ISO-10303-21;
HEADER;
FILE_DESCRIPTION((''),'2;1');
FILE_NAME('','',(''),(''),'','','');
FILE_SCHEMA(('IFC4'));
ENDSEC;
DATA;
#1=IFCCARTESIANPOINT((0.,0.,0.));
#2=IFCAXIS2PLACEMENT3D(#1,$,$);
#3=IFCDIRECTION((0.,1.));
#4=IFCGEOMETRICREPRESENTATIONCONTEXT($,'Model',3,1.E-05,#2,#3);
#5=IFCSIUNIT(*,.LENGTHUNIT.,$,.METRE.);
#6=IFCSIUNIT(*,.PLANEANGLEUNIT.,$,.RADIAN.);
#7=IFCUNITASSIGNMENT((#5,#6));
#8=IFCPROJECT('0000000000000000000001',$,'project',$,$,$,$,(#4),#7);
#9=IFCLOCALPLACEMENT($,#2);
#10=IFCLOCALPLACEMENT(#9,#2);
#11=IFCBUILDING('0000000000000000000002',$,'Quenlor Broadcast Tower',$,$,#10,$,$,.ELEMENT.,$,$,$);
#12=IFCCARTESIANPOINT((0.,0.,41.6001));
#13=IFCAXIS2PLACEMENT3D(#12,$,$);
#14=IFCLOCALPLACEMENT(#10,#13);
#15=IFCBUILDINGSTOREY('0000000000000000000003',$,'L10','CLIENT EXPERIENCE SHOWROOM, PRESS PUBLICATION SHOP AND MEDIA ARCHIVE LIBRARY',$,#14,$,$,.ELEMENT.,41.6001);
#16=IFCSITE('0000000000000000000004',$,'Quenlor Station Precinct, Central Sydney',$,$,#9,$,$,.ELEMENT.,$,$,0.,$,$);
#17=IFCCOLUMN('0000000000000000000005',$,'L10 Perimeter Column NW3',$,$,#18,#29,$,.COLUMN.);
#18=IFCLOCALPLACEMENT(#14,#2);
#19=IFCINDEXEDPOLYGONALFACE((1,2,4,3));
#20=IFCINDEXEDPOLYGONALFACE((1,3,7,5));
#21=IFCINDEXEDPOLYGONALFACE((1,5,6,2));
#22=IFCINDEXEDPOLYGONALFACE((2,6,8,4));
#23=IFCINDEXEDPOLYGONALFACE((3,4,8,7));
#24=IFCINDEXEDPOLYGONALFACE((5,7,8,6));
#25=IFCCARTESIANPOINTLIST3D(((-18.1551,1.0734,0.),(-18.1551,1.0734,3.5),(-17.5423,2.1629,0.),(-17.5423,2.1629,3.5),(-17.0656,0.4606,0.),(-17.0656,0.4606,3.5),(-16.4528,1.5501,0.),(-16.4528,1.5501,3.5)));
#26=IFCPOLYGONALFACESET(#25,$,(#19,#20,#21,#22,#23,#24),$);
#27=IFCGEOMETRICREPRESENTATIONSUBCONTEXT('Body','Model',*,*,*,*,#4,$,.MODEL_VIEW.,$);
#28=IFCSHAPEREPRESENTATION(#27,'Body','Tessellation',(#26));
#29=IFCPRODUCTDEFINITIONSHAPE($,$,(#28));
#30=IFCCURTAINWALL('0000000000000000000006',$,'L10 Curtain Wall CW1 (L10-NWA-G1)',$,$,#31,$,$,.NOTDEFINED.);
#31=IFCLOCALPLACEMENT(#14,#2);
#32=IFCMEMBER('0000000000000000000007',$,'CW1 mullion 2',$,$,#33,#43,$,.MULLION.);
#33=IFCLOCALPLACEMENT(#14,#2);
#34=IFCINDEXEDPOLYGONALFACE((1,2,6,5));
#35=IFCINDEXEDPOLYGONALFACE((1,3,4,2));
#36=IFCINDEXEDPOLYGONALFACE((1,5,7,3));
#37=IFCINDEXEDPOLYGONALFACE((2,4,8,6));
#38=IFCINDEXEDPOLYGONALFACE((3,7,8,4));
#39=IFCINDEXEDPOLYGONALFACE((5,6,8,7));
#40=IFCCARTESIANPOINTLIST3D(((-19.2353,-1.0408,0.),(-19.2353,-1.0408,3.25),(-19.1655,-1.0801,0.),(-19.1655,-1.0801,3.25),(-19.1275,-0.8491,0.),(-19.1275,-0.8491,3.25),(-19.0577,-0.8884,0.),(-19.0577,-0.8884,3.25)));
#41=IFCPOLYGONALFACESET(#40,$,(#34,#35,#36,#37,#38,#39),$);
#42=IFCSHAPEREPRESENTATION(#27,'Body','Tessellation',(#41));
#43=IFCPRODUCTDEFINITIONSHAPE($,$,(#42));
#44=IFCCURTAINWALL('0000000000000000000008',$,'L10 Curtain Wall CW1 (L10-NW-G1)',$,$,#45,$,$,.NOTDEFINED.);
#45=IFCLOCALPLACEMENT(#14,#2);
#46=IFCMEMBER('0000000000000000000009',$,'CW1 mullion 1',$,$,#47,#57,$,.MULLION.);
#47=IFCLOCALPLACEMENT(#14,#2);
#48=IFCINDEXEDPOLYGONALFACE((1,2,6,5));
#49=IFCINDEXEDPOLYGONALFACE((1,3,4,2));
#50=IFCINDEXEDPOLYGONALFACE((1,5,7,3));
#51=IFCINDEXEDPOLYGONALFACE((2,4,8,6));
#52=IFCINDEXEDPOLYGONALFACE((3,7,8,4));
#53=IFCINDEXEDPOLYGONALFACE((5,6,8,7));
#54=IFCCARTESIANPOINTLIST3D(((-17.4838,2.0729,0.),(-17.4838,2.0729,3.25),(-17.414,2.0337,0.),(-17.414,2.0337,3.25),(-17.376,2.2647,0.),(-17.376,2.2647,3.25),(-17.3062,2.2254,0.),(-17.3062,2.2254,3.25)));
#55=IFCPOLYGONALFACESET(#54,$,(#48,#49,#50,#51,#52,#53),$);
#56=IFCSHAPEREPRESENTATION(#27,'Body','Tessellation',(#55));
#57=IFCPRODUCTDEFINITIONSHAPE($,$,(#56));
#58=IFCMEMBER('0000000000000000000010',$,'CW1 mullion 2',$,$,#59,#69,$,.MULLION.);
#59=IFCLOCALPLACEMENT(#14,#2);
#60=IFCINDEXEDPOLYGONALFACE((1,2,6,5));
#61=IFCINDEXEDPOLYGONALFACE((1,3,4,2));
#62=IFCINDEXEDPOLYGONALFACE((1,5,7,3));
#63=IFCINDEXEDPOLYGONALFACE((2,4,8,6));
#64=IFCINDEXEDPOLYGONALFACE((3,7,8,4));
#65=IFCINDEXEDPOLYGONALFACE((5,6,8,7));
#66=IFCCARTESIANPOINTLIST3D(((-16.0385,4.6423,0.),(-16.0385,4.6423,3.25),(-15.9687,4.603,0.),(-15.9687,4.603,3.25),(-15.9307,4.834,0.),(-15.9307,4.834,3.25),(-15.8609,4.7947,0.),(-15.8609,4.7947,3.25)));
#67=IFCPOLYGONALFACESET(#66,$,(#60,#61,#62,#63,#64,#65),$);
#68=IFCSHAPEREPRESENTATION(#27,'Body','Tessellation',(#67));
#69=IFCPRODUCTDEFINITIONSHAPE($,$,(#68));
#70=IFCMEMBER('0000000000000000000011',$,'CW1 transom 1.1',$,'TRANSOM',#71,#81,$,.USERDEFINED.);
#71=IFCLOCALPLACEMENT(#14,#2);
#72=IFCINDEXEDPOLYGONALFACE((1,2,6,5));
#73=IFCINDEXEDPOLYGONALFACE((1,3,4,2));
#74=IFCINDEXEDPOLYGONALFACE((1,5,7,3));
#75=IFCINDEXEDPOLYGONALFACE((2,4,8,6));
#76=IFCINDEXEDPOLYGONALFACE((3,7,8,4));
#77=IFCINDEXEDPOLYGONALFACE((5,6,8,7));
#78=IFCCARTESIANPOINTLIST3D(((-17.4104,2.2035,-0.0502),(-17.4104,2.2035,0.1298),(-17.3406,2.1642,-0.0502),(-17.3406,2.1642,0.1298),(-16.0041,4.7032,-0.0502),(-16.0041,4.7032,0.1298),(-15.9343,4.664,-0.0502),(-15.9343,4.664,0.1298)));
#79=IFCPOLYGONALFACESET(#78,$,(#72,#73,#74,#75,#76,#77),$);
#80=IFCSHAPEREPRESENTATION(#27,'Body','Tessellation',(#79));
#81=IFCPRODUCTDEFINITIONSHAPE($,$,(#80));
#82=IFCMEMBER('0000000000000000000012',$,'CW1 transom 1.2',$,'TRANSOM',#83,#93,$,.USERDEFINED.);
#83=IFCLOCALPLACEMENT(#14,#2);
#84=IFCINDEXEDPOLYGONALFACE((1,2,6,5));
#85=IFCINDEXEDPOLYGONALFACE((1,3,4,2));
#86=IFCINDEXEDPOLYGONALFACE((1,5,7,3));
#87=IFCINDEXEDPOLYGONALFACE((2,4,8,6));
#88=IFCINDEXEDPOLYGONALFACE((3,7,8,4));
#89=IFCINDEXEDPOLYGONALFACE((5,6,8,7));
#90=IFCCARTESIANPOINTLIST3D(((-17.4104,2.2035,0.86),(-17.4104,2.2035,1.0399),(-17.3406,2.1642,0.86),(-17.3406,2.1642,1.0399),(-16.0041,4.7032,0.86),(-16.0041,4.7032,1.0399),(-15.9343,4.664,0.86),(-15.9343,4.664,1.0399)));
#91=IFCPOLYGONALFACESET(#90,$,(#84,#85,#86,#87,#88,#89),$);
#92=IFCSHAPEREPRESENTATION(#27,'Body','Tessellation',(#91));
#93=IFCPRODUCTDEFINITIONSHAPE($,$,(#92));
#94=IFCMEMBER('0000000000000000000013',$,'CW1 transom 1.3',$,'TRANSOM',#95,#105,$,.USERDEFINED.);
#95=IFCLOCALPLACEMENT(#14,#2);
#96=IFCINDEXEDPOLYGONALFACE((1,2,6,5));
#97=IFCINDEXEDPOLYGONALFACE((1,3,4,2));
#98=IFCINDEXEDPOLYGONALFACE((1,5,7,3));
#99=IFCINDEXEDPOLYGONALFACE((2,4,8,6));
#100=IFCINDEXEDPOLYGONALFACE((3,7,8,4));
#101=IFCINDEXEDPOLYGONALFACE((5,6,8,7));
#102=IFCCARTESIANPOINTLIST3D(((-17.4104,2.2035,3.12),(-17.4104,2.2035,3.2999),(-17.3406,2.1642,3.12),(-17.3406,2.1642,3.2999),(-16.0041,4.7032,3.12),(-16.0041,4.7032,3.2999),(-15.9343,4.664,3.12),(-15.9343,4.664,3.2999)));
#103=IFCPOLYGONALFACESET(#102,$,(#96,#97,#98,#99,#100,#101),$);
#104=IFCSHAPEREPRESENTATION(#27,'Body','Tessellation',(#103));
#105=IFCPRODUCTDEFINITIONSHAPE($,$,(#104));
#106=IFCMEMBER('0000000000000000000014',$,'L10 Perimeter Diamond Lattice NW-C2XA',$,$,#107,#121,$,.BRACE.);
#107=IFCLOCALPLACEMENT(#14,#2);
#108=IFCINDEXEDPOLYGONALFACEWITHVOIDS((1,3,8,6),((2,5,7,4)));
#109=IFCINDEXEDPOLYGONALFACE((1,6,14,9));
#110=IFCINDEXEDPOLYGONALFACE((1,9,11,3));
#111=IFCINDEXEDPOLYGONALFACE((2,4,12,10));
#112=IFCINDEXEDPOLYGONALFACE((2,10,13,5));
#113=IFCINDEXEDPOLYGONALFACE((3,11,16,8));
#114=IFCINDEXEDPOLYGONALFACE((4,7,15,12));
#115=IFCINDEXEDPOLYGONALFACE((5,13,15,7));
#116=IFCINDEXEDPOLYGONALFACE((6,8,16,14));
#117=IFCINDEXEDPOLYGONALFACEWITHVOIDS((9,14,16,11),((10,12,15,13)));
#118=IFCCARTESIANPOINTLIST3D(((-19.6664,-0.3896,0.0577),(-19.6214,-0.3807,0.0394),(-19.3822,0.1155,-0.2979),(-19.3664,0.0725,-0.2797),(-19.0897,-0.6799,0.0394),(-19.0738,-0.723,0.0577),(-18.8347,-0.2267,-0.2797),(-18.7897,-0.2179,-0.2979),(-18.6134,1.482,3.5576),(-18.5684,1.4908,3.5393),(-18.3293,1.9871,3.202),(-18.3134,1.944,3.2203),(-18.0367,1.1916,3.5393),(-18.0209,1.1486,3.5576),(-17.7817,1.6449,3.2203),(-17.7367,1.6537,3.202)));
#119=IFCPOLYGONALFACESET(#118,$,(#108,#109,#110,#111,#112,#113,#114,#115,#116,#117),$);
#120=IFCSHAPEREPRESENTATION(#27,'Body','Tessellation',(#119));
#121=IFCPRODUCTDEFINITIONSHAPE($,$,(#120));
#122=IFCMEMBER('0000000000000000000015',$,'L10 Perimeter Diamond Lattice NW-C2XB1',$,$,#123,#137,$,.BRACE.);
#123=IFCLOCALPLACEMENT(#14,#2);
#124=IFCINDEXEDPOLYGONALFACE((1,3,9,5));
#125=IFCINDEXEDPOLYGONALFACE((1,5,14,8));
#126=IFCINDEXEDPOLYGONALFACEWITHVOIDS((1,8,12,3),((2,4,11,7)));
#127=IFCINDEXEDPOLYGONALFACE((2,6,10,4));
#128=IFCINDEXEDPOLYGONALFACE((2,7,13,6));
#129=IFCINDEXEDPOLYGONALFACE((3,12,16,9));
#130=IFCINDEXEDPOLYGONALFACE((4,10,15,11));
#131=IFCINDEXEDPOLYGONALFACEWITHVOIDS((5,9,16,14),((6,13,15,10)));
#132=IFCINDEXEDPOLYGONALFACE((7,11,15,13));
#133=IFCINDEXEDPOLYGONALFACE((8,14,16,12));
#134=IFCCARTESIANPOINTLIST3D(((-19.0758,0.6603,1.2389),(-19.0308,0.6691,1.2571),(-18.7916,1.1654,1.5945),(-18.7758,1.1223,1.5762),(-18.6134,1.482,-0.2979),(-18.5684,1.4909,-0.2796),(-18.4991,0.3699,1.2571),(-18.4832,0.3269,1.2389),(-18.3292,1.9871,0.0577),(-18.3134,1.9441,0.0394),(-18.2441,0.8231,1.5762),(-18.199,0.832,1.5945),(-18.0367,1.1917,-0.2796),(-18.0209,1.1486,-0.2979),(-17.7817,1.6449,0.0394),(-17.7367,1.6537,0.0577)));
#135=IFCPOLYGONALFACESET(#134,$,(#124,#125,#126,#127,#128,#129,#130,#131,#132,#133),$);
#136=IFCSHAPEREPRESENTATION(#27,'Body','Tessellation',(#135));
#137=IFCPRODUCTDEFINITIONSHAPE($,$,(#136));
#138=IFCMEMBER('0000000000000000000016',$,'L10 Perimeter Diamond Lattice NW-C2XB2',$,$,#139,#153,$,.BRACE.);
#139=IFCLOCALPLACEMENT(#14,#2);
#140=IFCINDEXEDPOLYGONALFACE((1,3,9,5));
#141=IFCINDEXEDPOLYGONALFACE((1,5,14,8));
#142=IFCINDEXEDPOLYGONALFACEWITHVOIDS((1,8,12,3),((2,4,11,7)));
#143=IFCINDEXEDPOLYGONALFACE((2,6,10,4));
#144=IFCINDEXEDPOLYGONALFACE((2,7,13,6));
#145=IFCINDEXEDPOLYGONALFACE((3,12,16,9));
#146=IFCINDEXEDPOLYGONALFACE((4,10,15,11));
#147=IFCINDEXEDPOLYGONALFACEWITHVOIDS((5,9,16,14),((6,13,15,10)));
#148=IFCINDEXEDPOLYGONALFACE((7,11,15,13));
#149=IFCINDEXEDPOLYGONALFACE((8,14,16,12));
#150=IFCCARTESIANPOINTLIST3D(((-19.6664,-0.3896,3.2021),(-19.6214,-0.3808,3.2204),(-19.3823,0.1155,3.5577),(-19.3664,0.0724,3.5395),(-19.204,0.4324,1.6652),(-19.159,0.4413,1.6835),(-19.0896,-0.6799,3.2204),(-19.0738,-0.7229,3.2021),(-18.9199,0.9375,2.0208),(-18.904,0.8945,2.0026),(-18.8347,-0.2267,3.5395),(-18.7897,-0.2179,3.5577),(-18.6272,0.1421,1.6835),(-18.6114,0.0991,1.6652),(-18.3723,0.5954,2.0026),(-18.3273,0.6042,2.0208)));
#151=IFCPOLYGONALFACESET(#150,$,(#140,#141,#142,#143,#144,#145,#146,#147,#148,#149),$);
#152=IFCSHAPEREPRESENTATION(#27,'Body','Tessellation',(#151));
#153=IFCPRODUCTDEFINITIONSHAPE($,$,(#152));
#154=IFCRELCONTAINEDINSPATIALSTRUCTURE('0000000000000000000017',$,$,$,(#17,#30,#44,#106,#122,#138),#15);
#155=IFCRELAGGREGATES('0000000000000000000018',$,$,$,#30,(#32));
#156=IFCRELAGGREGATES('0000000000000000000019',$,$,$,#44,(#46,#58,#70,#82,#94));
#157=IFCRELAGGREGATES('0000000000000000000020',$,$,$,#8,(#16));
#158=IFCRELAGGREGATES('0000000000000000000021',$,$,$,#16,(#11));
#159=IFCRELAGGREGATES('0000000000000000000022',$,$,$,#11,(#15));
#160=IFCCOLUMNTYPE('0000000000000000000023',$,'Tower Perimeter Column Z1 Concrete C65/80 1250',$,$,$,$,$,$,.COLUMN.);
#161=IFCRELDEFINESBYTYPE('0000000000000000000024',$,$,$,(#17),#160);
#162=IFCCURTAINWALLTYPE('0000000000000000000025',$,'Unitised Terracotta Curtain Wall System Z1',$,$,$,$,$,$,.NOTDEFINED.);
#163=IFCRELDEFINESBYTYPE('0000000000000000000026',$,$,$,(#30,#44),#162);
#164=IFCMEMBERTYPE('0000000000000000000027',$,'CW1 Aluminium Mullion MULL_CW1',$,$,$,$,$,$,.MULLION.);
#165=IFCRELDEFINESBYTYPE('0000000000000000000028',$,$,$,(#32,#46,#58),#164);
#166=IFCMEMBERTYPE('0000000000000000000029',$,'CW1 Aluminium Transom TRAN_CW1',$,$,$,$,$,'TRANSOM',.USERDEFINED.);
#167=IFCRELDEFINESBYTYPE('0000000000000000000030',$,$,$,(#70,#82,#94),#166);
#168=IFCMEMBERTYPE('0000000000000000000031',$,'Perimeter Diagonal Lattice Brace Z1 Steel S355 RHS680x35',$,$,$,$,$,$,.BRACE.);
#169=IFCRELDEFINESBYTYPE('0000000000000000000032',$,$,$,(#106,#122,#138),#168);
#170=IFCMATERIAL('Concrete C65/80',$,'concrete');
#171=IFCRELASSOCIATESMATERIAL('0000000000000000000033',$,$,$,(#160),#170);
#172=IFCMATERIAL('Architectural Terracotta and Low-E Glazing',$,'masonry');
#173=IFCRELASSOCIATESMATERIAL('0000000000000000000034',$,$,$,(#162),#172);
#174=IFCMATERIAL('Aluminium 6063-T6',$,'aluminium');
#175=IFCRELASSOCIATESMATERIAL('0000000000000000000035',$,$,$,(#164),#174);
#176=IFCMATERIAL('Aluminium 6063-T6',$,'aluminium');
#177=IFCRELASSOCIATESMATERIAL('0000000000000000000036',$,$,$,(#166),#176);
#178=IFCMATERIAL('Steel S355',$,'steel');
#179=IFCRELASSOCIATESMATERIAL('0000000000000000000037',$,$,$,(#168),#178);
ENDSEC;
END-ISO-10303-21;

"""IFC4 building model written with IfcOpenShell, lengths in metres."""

from ifc_helpers import new_model, si_unit, direction, frame, origin, origin_2d, place, context, subcontext, project, spatial, rectangle, hollow_rectangle, extrude, material, material_profile, profile_set, type_object, element, aggregate, save


model = new_model("IFC4")

# Units and contexts
model_context = context("Model", 3, precision=1e-05, world=origin(), true_north=direction((0.0, 1.0)))
body_context = subcontext(model_context, "Body", "Model", "MODEL_VIEW")
ifc_project = project(units=[si_unit("LENGTHUNIT", "METRE"), si_unit("PLANEANGLEUNIT", "RADIAN")], contexts=[model_context])

# Site, building, storey
site_placement = place(None, origin())
site = spatial("IfcSite", under=ifc_project, at=site_placement, Name="Quenlor Station Precinct, Central Sydney", CompositionType="ELEMENT", RefElevation=0.0)
building_placement = place(site_placement, origin())
building = spatial("IfcBuilding", under=site, at=building_placement, Name="Quenlor Broadcast Tower", CompositionType="ELEMENT")
storey_placement = place(building_placement, frame((0.0, 0.0, 41.6001)))
storey = spatial("IfcBuildingStorey", under=building, at=storey_placement, Name="L10", Description="CLIENT EXPERIENCE SHOWROOM, PRESS PUBLICATION SHOP AND MEDIA ARCHIVE LIBRARY", CompositionType="ELEMENT", Elevation=41.6001)

# Column
ifc_material_1 = material(Name="Concrete C65/80", Category="concrete")
ifc_material_profile_1 = material_profile(ifc_material_1, rectangle(XDim=1.25, YDim=1.25, at=origin_2d()))
ifc_profile_set_1 = profile_set([ifc_material_profile_1], Name="Concrete C65/80 RC1250x1250")
column_type = type_object("IfcColumnType", Name="Tower Perimeter Column Z1 Concrete C65/80 1250", PredefinedType="COLUMN", material=ifc_profile_set_1)
column_placement = place(storey_placement, frame((-17.304, 1.3118, 0.0), z_axis=(0.0, 0.0, 1.0), x_axis=(-0.871575, 0.490262, 0.0)))
element("IfcColumn", 1, at=column_placement, inside=storey, type_object=column_type, Name="L10 Perimeter Column NW3", PredefinedType="COLUMN", context=body_context, shape_type="SweptSolid", body=[
    extrude(rectangle(XDim=1.25, YDim=1.25, at=origin_2d()), origin(), (0.0, 0.0, 1.0), 3.5),
])

# Curtain wall, member
ifc_material_2 = material(Name="Architectural Terracotta and Low-E Glazing", Category="masonry")
curtain_wall_type = type_object("IfcCurtainWallType", Name="Unitised Terracotta Curtain Wall System Z1", PredefinedType="NOTDEFINED", material=ifc_material_2)
curtain_wall_1_placement = place(storey_placement, origin())
curtain_wall_1 = element("IfcCurtainWall", 2, at=curtain_wall_1_placement, inside=storey, type_object=curtain_wall_type, Name="L10 Curtain Wall CW1 (L10-NWA-G1)", PredefinedType="NOTDEFINED")
ifc_material_3 = material(Name="Aluminium 6063-T6", Category="aluminium")
ifc_material_profile_2 = material_profile(ifc_material_3, rectangle(XDim=0.0801, YDim=0.22, at=origin_2d()))
ifc_profile_set_2 = profile_set([ifc_material_profile_2], Name="Aluminium 6063-T6 MULL80x220")
member_type_1 = type_object("IfcMemberType", Name="CW1 Aluminium Mullion MULL_CW1", PredefinedType="MULLION", material=ifc_profile_set_2)
member_1_placement = place(storey_placement, frame((-19.1465, -0.9646, 0.0), z_axis=(0.0, 0.0, 1.0), x_axis=(-0.871578, 0.490257, 0.0)))
member_1 = element("IfcMember", 3, at=member_1_placement, type_object=member_type_1, Name="CW1 mullion 2", PredefinedType="MULLION", context=body_context, shape_type="SweptSolid", body=[
    extrude(rectangle(XDim=0.0801, YDim=0.22, at=origin_2d()), origin(), (0.0, 0.0, 1.0), 3.25),
])

# Curtain wall, members
curtain_wall_2_placement = place(storey_placement, origin())
curtain_wall_2 = element("IfcCurtainWall", 4, at=curtain_wall_2_placement, inside=storey, type_object=curtain_wall_type, Name="L10 Curtain Wall CW1 (L10-NW-G1)", PredefinedType="NOTDEFINED")
member_2_placement = place(storey_placement, frame((-17.395, 2.1492, 0.0), z_axis=(0.0, 0.0, 1.0), x_axis=(-0.871568, 0.490274, 0.0)))
member_2 = element("IfcMember", 5, at=member_2_placement, type_object=member_type_1, Name="CW1 mullion 1", PredefinedType="MULLION", context=body_context, shape_type="SweptSolid", body=[
    extrude(rectangle(XDim=0.0801, YDim=0.22, at=origin_2d()), origin(), (0.0, 0.0, 1.0), 3.25),
])
member_3_placement = place(storey_placement, frame((-15.9497, 4.7185, 0.0), z_axis=(0.0, 0.0, 1.0), x_axis=(-0.871568, 0.490274, 0.0)))
member_3 = element("IfcMember", 6, at=member_3_placement, type_object=member_type_1, Name="CW1 mullion 2", PredefinedType="MULLION", context=body_context, shape_type="SweptSolid", body=[
    extrude(rectangle(XDim=0.0801, YDim=0.22, at=origin_2d()), origin(), (0.0, 0.0, 1.0), 3.25),
])
ifc_material_4 = material(Name="Aluminium 6063-T6", Category="aluminium")
ifc_material_profile_3 = material_profile(ifc_material_4, rectangle(XDim=0.0801, YDim=0.1799, at=origin_2d()))
ifc_profile_set_3 = profile_set([ifc_material_profile_3], Name="Aluminium 6063-T6 TRAN80x180")
member_type_2 = type_object("IfcMemberType", Name="CW1 Aluminium Transom TRAN_CW1", ElementType="TRANSOM", PredefinedType="USERDEFINED", material=ifc_profile_set_3)
member_4_placement = place(storey_placement, frame((-17.3755, 2.1838, 0.0398), z_axis=(0.490298, 0.871555, 0.0), x_axis=(-0.871555, 0.490298, 0.0)))
member_4 = element("IfcMember", 7, at=member_4_placement, type_object=member_type_2, Name="CW1 transom 1.1", ObjectType="TRANSOM", PredefinedType="USERDEFINED", context=body_context, shape_type="SweptSolid", body=[
    extrude(rectangle(XDim=0.0801, YDim=0.1799, at=origin_2d()), origin(), (0.0, 0.0, 1.0), 2.8682),
])
member_5_placement = place(storey_placement, frame((-17.3755, 2.1838, 0.95), z_axis=(0.490298, 0.871555, 0.0), x_axis=(-0.871555, 0.490298, 0.0)))
member_5 = element("IfcMember", 8, at=member_5_placement, type_object=member_type_2, Name="CW1 transom 1.2", ObjectType="TRANSOM", PredefinedType="USERDEFINED", context=body_context, shape_type="SweptSolid", body=[
    extrude(rectangle(XDim=0.0801, YDim=0.1799, at=origin_2d()), origin(), (0.0, 0.0, 1.0), 2.8682),
])
member_6_placement = place(storey_placement, frame((-17.3755, 2.1838, 3.21), z_axis=(0.490298, 0.871555, 0.0), x_axis=(-0.871555, 0.490298, 0.0)))
member_6 = element("IfcMember", 9, at=member_6_placement, type_object=member_type_2, Name="CW1 transom 1.3", ObjectType="TRANSOM", PredefinedType="USERDEFINED", context=body_context, shape_type="SweptSolid", body=[
    extrude(rectangle(XDim=0.0801, YDim=0.1799, at=origin_2d()), origin(), (0.0, 0.0, 1.0), 2.8682),
])

# Members
ifc_material_5 = material(Name="Steel S355", Category="steel")
ifc_material_profile_4 = material_profile(ifc_material_5, hollow_rectangle(XDim=0.6799, YDim=0.6799, WallThickness=0.0349, at=origin_2d()))
ifc_profile_set_4 = profile_set([ifc_material_profile_4], Name="Steel S355 RHS680x680x35")
member_type_3 = type_object("IfcMemberType", Name="Perimeter Diagonal Lattice Brace Z1 Steel S355 RHS680x35", PredefinedType="BRACE", material=ifc_profile_set_4)
member_7_placement = place(storey_placement, frame((-19.228, -0.3037, -0.1201), z_axis=(0.256431, 0.455785, 0.852352), x_axis=(-0.871533, 0.490337, 0.0)))
element("IfcMember", 10, at=member_7_placement, inside=storey, type_object=member_type_3, Name="L10 Perimeter Diamond Lattice NW-C2XA", PredefinedType="BRACE", context=body_context, shape_type="SweptSolid", body=[
    extrude(hollow_rectangle(XDim=0.6799, YDim=0.6799, WallThickness=0.0349, at=origin_2d()), origin(), (0.0, 0.0, 1.0), 4.1062),
])
member_8_placement = place(storey_placement, frame((-18.175, 1.5679, -0.1201), z_axis=(-0.256452, -0.455764, 0.852357), x_axis=(0.871506, -0.490384, 0.0)))
element("IfcMember", 11, at=member_8_placement, inside=storey, type_object=member_type_3, Name="L10 Perimeter Diamond Lattice NW-C2XB1", PredefinedType="BRACE", context=body_context, shape_type="SweptSolid", body=[
    extrude(hollow_rectangle(XDim=0.6799, YDim=0.6799, WallThickness=0.0349, at=origin_2d()), origin(), (0.0, 0.0, 1.0), 1.803),
])
member_9_placement = place(storey_placement, frame((-18.7656, 0.5183, 1.843), z_axis=(-0.256436, -0.455871, 0.852304), x_axis=(0.871569, -0.490274, 0.0)))
element("IfcMember", 12, at=member_9_placement, inside=storey, type_object=member_type_3, Name="L10 Perimeter Diamond Lattice NW-C2XB2", PredefinedType="BRACE", context=body_context, shape_type="SweptSolid", body=[
    extrude(hollow_rectangle(XDim=0.6799, YDim=0.6799, WallThickness=0.0349, at=origin_2d()), origin(), (0.0, 0.0, 1.0), 1.8032),
])

aggregate(curtain_wall_1, [member_1])
aggregate(curtain_wall_2, [member_2, member_3, member_4, member_5, member_6])

save(model, "model.ifc")
